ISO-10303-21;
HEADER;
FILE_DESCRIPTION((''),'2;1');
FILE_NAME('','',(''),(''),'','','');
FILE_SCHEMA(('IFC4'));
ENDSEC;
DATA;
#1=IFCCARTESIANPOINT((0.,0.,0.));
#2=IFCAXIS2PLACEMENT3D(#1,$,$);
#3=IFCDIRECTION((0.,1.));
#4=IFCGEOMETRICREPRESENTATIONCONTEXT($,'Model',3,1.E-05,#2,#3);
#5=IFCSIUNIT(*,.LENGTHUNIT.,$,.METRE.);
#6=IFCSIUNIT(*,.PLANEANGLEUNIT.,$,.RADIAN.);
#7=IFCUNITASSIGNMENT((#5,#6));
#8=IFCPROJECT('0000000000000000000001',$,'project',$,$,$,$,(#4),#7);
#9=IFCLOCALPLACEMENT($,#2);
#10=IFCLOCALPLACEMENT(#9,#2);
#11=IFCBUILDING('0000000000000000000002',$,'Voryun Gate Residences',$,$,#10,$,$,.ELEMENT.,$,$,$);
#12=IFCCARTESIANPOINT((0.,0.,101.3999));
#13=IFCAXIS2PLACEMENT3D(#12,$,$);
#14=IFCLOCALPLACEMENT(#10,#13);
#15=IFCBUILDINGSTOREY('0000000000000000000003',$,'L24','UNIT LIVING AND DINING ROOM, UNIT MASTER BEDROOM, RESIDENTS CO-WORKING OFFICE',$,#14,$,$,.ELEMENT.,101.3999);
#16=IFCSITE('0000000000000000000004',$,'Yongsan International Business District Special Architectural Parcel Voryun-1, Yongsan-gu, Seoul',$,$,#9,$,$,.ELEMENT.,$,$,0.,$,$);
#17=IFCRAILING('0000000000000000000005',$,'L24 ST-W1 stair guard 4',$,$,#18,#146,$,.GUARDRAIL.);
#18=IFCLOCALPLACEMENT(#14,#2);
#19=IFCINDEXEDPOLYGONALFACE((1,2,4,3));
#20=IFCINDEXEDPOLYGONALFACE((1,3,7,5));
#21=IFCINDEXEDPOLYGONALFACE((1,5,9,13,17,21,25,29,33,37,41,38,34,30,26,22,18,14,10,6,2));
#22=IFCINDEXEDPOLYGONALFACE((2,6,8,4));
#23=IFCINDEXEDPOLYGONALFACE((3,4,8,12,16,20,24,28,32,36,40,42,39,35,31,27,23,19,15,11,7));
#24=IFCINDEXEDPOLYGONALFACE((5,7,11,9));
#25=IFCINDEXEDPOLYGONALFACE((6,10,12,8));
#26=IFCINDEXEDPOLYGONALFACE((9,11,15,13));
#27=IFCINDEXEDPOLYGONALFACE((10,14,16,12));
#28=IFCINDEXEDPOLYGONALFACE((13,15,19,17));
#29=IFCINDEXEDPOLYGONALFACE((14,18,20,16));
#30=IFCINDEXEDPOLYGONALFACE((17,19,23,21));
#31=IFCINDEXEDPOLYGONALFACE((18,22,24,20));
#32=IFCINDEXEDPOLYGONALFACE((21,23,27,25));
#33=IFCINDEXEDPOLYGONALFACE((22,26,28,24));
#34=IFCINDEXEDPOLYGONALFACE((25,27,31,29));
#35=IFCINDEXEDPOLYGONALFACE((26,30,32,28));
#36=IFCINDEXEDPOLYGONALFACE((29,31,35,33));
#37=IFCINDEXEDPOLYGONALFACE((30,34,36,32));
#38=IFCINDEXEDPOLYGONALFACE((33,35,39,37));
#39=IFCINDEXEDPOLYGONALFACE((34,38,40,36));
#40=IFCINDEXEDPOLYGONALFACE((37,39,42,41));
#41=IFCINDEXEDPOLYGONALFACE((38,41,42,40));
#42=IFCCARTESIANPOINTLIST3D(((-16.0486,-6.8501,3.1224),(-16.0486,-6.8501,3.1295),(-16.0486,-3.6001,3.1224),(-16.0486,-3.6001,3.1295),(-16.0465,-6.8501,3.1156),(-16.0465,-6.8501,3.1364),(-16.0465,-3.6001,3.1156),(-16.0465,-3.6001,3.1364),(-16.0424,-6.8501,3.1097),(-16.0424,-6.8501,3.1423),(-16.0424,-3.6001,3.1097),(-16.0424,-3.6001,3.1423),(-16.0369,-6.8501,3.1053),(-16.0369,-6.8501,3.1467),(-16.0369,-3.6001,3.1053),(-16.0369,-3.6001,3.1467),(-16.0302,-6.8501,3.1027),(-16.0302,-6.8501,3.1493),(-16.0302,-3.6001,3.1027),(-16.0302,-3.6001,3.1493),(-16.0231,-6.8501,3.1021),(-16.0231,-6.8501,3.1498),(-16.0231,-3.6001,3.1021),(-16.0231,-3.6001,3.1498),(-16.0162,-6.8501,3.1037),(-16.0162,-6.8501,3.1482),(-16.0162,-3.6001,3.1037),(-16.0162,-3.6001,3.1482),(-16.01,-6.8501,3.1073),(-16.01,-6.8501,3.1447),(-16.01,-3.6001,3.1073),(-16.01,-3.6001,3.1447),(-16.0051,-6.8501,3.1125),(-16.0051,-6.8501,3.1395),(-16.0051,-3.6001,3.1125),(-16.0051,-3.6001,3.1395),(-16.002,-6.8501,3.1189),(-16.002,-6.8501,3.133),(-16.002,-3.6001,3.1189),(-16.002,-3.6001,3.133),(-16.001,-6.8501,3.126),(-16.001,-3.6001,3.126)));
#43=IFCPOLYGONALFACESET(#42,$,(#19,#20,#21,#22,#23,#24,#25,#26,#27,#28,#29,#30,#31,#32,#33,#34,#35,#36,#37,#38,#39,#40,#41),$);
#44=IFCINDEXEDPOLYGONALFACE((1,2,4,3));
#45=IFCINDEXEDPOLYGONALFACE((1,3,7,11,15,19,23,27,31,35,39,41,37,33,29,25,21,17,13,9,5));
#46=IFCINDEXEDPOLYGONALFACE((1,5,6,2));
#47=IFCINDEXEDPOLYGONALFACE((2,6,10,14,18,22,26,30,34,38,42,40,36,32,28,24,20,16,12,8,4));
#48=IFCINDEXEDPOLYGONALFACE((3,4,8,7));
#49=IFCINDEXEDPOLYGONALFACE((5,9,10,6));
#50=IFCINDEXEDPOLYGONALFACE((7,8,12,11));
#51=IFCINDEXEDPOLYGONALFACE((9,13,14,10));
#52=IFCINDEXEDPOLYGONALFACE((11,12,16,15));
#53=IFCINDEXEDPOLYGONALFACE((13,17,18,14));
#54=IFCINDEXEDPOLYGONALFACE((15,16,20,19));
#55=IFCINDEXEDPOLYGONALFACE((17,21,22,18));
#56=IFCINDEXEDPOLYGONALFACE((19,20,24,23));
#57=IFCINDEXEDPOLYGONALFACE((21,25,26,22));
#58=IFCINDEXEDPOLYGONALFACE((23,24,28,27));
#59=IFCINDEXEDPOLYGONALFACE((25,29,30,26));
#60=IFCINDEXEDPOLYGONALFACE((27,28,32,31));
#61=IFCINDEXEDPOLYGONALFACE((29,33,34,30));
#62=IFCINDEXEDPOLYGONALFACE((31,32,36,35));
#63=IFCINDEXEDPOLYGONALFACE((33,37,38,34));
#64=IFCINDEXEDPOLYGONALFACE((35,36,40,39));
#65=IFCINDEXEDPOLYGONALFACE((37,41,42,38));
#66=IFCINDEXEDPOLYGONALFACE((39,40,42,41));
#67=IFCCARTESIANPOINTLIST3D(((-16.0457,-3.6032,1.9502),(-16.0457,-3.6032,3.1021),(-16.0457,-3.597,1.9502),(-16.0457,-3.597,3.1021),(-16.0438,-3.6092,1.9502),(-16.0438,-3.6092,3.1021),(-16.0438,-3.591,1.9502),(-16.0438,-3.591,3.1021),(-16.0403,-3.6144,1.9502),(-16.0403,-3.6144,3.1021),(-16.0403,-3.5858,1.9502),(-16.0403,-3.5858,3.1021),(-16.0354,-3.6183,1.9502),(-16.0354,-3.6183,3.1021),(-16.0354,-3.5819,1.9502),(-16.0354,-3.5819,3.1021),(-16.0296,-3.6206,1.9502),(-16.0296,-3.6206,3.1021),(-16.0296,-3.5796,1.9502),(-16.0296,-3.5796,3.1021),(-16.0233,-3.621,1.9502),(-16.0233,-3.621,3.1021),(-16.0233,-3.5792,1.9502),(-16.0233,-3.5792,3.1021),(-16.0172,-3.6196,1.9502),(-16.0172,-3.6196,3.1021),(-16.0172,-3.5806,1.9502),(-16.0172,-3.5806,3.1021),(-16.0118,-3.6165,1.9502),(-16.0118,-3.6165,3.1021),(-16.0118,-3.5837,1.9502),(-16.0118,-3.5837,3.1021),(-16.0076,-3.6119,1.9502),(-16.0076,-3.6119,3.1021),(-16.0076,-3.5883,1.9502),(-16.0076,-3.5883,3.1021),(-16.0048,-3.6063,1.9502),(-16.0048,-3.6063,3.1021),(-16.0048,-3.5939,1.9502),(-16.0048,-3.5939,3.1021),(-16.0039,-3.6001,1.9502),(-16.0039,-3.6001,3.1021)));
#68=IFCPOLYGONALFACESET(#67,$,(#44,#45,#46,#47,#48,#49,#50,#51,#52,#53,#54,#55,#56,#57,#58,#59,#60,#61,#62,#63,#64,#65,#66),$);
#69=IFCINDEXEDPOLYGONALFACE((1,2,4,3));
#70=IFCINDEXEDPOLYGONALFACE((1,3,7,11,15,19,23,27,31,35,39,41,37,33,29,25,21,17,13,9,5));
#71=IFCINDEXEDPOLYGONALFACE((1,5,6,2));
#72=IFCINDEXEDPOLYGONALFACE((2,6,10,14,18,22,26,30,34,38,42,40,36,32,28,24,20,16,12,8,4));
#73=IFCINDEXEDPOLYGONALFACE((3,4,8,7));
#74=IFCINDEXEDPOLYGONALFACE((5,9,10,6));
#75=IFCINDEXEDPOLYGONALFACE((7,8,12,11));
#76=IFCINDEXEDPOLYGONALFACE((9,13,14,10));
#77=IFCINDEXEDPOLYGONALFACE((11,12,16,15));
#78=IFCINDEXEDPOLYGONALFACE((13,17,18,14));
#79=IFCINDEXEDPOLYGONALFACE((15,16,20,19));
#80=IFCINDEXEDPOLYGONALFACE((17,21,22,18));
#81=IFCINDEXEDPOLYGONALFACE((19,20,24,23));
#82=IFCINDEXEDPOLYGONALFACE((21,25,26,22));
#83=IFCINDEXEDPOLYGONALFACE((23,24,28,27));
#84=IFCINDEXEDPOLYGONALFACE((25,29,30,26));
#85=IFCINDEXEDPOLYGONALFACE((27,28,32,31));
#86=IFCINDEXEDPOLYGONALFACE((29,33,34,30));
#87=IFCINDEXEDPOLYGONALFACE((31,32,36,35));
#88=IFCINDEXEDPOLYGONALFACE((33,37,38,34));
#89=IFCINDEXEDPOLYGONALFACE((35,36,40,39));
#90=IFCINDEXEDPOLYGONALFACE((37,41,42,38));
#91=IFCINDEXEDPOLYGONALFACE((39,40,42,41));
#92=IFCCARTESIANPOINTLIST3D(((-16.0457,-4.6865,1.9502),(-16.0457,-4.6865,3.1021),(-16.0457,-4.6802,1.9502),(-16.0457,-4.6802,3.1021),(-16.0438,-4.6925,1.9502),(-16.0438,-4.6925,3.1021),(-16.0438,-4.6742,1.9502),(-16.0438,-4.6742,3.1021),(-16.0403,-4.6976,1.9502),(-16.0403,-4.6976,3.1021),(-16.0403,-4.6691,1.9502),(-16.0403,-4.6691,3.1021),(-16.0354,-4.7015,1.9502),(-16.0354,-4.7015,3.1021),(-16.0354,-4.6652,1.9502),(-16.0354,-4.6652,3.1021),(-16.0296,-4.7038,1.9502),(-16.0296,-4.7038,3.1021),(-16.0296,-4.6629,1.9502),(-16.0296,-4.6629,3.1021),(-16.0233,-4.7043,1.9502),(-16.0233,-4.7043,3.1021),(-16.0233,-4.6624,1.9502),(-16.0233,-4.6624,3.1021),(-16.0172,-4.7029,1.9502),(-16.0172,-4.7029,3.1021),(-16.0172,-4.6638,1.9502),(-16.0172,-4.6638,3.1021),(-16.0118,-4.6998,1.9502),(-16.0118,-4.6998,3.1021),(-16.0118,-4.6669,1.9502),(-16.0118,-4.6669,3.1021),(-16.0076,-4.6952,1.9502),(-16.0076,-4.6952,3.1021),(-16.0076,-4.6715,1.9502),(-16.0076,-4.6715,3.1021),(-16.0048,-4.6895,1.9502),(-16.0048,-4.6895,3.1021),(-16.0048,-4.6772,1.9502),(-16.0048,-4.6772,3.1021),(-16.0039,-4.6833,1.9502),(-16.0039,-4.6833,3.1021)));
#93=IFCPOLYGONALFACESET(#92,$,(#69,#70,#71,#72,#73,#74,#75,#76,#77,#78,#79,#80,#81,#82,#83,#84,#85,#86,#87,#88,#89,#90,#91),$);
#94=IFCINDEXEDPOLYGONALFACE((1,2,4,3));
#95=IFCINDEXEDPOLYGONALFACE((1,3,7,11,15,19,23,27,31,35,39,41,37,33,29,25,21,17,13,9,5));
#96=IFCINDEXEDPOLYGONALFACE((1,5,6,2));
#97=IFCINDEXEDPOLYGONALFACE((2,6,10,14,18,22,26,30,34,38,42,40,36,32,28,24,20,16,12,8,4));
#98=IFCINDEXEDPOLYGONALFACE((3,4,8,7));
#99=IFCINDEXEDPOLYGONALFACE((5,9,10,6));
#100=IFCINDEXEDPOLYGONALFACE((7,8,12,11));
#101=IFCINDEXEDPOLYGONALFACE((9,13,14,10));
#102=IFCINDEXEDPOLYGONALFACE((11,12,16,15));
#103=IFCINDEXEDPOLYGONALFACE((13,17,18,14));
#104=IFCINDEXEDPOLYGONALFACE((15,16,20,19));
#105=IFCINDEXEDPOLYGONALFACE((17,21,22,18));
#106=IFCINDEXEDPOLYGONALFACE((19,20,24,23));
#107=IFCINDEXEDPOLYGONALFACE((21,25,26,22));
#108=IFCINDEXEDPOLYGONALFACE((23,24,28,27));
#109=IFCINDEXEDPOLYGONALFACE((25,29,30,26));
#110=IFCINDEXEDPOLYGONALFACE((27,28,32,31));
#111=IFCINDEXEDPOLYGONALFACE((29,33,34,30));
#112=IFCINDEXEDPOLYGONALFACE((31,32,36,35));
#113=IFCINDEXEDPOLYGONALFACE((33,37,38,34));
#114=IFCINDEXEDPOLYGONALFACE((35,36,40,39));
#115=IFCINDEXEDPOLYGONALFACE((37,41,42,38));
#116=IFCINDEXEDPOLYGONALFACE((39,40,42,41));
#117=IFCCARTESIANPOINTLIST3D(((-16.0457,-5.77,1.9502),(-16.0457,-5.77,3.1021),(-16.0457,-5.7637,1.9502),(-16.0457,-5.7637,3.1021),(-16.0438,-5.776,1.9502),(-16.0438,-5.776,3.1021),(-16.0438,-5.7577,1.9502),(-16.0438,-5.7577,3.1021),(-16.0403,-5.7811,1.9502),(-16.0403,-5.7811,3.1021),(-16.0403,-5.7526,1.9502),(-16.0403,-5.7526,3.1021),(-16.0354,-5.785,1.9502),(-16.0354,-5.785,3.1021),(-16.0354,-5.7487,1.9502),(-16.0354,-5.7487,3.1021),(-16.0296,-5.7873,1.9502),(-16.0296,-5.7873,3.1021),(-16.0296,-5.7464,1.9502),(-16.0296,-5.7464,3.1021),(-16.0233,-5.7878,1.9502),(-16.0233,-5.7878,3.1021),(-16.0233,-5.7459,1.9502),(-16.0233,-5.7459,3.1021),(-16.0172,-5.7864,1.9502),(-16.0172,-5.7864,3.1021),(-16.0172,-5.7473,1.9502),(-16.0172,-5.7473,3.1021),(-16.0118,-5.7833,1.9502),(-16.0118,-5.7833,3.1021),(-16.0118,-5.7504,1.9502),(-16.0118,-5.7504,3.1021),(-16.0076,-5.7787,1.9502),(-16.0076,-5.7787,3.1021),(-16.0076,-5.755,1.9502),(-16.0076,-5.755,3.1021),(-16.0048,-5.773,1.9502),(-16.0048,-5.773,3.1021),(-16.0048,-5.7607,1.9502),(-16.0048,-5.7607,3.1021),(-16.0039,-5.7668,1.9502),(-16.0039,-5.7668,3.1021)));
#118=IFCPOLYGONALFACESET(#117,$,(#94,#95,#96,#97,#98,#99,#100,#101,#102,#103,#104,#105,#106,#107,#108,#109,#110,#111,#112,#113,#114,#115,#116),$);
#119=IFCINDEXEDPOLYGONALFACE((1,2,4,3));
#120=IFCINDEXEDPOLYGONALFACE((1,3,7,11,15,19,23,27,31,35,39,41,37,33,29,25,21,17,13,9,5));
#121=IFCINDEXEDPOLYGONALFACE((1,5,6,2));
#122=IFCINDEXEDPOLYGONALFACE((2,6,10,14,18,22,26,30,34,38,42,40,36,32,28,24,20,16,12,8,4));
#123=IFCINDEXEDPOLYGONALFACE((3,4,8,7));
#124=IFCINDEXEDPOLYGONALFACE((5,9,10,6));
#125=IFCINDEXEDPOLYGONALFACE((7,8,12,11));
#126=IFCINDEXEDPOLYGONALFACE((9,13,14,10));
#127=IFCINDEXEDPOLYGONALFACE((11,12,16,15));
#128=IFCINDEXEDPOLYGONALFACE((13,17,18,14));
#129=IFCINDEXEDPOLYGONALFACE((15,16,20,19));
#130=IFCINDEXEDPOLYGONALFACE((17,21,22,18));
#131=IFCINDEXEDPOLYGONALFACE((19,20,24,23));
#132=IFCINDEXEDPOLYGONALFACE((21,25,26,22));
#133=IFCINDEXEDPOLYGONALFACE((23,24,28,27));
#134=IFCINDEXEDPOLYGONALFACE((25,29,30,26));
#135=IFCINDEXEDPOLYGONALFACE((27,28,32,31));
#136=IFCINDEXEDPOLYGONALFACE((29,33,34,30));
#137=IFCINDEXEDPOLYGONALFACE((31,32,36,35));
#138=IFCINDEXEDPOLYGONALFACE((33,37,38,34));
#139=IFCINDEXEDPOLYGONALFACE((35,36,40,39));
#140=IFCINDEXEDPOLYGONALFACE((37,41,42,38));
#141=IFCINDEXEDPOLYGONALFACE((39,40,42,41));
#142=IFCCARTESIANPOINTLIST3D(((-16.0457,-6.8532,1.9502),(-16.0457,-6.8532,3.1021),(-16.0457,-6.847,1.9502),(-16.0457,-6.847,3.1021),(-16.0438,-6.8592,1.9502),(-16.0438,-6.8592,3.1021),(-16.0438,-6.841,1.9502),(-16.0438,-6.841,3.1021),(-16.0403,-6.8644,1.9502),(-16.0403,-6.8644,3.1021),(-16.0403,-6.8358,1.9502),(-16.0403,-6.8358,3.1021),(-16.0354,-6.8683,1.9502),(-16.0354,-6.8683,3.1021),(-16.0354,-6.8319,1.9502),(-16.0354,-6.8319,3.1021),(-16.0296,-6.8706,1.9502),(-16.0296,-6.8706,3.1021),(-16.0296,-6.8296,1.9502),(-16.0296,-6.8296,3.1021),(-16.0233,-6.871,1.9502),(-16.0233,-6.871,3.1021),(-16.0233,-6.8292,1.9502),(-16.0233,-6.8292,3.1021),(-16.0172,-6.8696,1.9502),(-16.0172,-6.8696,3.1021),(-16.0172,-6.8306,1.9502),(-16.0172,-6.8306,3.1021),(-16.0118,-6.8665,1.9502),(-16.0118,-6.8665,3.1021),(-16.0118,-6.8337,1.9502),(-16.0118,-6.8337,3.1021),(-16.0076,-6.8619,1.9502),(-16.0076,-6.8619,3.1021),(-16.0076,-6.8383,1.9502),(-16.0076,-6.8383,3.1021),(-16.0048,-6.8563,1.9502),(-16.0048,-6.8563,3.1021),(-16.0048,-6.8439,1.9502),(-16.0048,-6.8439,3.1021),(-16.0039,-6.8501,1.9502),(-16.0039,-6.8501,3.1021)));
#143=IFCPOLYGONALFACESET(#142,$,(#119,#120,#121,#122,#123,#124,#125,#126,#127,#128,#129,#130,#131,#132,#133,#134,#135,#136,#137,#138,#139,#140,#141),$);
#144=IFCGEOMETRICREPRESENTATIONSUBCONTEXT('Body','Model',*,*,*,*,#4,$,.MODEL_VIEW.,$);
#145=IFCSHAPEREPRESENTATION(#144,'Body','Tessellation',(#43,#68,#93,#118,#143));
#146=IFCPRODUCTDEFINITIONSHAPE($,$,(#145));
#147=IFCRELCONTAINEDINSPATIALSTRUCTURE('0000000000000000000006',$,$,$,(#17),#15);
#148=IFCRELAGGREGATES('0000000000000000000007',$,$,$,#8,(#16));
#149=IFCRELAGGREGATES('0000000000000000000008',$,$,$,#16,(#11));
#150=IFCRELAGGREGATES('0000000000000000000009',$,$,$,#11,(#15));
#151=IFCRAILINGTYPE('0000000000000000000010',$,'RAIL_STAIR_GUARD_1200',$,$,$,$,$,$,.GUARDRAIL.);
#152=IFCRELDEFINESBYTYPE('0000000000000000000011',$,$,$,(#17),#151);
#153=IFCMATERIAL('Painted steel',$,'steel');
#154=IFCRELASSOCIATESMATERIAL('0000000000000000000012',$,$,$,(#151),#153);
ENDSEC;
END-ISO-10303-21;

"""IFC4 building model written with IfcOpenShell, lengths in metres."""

from ifc_helpers import new_model, si_unit, direction, frame, origin, origin_2d, place, context, subcontext, project, spatial, circle, extrude, material, type_object, element, save


model = new_model("IFC4")

# Units and contexts
model_context = context("Model", 3, precision=1e-05, world=origin(), true_north=direction((0.0, 1.0)))
body_context = subcontext(model_context, "Body", "Model", "MODEL_VIEW")
ifc_project = project(units=[si_unit("LENGTHUNIT", "METRE"), si_unit("PLANEANGLEUNIT", "RADIAN")], contexts=[model_context])

# Site, building, storey
site_placement = place(None, origin())
site = spatial("IfcSite", under=ifc_project, at=site_placement, Name="Yongsan International Business District Special Architectural Parcel Voryun-1, Yongsan-gu, Seoul", CompositionType="ELEMENT", RefElevation=0.0)
building_placement = place(site_placement, origin())
building = spatial("IfcBuilding", under=site, at=building_placement, Name="Voryun Gate Residences", CompositionType="ELEMENT")
storey_placement = place(building_placement, frame((0.0, 0.0, 101.3999)))
storey = spatial("IfcBuildingStorey", under=building, at=storey_placement, Name="L24", Description="UNIT LIVING AND DINING ROOM, UNIT MASTER BEDROOM, RESIDENTS CO-WORKING OFFICE", CompositionType="ELEMENT", Elevation=101.3999)

# Railing
ifc_material_1 = material(Name="Painted steel", Category="steel")
railing_type_1 = type_object("IfcRailingType", Name="RAIL_STAIR_GUARD_1200", PredefinedType="GUARDRAIL", material=ifc_material_1)
railing_1_placement = place(storey_placement, frame((-16.0249, -3.6001, 1.9502)))
element("IfcRailing", 1, at=railing_1_placement, inside=storey, type_object=railing_type_1, Name="L24 ST-W1 stair guard 4", PredefinedType="GUARDRAIL", context=body_context, shape_type="SweptSolid", body=[
    extrude(circle(Radius=0.0239, at=origin_2d()), frame((0.0, 0.0, 1.1758), z_axis=(0.0, -1.0, 0.0), x_axis=(1.0, 0.0, 0.0)), (0.0, 0.0, 1.0), 3.25),
    extrude(circle(Radius=0.021, at=origin_2d()), origin(), (0.0, 0.0, 1.0), 1.1519),
    extrude(circle(Radius=0.021, at=origin_2d()), frame((0.0, -1.0833, 0.0)), (0.0, 0.0, 1.0), 1.1519),
    extrude(circle(Radius=0.021, at=origin_2d()), frame((0.0, -2.1667, 0.0)), (0.0, 0.0, 1.0), 1.1519),
    extrude(circle(Radius=0.021, at=origin_2d()), frame((0.0, -3.25, 0.0)), (0.0, 0.0, 1.0), 1.1519),
])

save(model, "model.ifc")
